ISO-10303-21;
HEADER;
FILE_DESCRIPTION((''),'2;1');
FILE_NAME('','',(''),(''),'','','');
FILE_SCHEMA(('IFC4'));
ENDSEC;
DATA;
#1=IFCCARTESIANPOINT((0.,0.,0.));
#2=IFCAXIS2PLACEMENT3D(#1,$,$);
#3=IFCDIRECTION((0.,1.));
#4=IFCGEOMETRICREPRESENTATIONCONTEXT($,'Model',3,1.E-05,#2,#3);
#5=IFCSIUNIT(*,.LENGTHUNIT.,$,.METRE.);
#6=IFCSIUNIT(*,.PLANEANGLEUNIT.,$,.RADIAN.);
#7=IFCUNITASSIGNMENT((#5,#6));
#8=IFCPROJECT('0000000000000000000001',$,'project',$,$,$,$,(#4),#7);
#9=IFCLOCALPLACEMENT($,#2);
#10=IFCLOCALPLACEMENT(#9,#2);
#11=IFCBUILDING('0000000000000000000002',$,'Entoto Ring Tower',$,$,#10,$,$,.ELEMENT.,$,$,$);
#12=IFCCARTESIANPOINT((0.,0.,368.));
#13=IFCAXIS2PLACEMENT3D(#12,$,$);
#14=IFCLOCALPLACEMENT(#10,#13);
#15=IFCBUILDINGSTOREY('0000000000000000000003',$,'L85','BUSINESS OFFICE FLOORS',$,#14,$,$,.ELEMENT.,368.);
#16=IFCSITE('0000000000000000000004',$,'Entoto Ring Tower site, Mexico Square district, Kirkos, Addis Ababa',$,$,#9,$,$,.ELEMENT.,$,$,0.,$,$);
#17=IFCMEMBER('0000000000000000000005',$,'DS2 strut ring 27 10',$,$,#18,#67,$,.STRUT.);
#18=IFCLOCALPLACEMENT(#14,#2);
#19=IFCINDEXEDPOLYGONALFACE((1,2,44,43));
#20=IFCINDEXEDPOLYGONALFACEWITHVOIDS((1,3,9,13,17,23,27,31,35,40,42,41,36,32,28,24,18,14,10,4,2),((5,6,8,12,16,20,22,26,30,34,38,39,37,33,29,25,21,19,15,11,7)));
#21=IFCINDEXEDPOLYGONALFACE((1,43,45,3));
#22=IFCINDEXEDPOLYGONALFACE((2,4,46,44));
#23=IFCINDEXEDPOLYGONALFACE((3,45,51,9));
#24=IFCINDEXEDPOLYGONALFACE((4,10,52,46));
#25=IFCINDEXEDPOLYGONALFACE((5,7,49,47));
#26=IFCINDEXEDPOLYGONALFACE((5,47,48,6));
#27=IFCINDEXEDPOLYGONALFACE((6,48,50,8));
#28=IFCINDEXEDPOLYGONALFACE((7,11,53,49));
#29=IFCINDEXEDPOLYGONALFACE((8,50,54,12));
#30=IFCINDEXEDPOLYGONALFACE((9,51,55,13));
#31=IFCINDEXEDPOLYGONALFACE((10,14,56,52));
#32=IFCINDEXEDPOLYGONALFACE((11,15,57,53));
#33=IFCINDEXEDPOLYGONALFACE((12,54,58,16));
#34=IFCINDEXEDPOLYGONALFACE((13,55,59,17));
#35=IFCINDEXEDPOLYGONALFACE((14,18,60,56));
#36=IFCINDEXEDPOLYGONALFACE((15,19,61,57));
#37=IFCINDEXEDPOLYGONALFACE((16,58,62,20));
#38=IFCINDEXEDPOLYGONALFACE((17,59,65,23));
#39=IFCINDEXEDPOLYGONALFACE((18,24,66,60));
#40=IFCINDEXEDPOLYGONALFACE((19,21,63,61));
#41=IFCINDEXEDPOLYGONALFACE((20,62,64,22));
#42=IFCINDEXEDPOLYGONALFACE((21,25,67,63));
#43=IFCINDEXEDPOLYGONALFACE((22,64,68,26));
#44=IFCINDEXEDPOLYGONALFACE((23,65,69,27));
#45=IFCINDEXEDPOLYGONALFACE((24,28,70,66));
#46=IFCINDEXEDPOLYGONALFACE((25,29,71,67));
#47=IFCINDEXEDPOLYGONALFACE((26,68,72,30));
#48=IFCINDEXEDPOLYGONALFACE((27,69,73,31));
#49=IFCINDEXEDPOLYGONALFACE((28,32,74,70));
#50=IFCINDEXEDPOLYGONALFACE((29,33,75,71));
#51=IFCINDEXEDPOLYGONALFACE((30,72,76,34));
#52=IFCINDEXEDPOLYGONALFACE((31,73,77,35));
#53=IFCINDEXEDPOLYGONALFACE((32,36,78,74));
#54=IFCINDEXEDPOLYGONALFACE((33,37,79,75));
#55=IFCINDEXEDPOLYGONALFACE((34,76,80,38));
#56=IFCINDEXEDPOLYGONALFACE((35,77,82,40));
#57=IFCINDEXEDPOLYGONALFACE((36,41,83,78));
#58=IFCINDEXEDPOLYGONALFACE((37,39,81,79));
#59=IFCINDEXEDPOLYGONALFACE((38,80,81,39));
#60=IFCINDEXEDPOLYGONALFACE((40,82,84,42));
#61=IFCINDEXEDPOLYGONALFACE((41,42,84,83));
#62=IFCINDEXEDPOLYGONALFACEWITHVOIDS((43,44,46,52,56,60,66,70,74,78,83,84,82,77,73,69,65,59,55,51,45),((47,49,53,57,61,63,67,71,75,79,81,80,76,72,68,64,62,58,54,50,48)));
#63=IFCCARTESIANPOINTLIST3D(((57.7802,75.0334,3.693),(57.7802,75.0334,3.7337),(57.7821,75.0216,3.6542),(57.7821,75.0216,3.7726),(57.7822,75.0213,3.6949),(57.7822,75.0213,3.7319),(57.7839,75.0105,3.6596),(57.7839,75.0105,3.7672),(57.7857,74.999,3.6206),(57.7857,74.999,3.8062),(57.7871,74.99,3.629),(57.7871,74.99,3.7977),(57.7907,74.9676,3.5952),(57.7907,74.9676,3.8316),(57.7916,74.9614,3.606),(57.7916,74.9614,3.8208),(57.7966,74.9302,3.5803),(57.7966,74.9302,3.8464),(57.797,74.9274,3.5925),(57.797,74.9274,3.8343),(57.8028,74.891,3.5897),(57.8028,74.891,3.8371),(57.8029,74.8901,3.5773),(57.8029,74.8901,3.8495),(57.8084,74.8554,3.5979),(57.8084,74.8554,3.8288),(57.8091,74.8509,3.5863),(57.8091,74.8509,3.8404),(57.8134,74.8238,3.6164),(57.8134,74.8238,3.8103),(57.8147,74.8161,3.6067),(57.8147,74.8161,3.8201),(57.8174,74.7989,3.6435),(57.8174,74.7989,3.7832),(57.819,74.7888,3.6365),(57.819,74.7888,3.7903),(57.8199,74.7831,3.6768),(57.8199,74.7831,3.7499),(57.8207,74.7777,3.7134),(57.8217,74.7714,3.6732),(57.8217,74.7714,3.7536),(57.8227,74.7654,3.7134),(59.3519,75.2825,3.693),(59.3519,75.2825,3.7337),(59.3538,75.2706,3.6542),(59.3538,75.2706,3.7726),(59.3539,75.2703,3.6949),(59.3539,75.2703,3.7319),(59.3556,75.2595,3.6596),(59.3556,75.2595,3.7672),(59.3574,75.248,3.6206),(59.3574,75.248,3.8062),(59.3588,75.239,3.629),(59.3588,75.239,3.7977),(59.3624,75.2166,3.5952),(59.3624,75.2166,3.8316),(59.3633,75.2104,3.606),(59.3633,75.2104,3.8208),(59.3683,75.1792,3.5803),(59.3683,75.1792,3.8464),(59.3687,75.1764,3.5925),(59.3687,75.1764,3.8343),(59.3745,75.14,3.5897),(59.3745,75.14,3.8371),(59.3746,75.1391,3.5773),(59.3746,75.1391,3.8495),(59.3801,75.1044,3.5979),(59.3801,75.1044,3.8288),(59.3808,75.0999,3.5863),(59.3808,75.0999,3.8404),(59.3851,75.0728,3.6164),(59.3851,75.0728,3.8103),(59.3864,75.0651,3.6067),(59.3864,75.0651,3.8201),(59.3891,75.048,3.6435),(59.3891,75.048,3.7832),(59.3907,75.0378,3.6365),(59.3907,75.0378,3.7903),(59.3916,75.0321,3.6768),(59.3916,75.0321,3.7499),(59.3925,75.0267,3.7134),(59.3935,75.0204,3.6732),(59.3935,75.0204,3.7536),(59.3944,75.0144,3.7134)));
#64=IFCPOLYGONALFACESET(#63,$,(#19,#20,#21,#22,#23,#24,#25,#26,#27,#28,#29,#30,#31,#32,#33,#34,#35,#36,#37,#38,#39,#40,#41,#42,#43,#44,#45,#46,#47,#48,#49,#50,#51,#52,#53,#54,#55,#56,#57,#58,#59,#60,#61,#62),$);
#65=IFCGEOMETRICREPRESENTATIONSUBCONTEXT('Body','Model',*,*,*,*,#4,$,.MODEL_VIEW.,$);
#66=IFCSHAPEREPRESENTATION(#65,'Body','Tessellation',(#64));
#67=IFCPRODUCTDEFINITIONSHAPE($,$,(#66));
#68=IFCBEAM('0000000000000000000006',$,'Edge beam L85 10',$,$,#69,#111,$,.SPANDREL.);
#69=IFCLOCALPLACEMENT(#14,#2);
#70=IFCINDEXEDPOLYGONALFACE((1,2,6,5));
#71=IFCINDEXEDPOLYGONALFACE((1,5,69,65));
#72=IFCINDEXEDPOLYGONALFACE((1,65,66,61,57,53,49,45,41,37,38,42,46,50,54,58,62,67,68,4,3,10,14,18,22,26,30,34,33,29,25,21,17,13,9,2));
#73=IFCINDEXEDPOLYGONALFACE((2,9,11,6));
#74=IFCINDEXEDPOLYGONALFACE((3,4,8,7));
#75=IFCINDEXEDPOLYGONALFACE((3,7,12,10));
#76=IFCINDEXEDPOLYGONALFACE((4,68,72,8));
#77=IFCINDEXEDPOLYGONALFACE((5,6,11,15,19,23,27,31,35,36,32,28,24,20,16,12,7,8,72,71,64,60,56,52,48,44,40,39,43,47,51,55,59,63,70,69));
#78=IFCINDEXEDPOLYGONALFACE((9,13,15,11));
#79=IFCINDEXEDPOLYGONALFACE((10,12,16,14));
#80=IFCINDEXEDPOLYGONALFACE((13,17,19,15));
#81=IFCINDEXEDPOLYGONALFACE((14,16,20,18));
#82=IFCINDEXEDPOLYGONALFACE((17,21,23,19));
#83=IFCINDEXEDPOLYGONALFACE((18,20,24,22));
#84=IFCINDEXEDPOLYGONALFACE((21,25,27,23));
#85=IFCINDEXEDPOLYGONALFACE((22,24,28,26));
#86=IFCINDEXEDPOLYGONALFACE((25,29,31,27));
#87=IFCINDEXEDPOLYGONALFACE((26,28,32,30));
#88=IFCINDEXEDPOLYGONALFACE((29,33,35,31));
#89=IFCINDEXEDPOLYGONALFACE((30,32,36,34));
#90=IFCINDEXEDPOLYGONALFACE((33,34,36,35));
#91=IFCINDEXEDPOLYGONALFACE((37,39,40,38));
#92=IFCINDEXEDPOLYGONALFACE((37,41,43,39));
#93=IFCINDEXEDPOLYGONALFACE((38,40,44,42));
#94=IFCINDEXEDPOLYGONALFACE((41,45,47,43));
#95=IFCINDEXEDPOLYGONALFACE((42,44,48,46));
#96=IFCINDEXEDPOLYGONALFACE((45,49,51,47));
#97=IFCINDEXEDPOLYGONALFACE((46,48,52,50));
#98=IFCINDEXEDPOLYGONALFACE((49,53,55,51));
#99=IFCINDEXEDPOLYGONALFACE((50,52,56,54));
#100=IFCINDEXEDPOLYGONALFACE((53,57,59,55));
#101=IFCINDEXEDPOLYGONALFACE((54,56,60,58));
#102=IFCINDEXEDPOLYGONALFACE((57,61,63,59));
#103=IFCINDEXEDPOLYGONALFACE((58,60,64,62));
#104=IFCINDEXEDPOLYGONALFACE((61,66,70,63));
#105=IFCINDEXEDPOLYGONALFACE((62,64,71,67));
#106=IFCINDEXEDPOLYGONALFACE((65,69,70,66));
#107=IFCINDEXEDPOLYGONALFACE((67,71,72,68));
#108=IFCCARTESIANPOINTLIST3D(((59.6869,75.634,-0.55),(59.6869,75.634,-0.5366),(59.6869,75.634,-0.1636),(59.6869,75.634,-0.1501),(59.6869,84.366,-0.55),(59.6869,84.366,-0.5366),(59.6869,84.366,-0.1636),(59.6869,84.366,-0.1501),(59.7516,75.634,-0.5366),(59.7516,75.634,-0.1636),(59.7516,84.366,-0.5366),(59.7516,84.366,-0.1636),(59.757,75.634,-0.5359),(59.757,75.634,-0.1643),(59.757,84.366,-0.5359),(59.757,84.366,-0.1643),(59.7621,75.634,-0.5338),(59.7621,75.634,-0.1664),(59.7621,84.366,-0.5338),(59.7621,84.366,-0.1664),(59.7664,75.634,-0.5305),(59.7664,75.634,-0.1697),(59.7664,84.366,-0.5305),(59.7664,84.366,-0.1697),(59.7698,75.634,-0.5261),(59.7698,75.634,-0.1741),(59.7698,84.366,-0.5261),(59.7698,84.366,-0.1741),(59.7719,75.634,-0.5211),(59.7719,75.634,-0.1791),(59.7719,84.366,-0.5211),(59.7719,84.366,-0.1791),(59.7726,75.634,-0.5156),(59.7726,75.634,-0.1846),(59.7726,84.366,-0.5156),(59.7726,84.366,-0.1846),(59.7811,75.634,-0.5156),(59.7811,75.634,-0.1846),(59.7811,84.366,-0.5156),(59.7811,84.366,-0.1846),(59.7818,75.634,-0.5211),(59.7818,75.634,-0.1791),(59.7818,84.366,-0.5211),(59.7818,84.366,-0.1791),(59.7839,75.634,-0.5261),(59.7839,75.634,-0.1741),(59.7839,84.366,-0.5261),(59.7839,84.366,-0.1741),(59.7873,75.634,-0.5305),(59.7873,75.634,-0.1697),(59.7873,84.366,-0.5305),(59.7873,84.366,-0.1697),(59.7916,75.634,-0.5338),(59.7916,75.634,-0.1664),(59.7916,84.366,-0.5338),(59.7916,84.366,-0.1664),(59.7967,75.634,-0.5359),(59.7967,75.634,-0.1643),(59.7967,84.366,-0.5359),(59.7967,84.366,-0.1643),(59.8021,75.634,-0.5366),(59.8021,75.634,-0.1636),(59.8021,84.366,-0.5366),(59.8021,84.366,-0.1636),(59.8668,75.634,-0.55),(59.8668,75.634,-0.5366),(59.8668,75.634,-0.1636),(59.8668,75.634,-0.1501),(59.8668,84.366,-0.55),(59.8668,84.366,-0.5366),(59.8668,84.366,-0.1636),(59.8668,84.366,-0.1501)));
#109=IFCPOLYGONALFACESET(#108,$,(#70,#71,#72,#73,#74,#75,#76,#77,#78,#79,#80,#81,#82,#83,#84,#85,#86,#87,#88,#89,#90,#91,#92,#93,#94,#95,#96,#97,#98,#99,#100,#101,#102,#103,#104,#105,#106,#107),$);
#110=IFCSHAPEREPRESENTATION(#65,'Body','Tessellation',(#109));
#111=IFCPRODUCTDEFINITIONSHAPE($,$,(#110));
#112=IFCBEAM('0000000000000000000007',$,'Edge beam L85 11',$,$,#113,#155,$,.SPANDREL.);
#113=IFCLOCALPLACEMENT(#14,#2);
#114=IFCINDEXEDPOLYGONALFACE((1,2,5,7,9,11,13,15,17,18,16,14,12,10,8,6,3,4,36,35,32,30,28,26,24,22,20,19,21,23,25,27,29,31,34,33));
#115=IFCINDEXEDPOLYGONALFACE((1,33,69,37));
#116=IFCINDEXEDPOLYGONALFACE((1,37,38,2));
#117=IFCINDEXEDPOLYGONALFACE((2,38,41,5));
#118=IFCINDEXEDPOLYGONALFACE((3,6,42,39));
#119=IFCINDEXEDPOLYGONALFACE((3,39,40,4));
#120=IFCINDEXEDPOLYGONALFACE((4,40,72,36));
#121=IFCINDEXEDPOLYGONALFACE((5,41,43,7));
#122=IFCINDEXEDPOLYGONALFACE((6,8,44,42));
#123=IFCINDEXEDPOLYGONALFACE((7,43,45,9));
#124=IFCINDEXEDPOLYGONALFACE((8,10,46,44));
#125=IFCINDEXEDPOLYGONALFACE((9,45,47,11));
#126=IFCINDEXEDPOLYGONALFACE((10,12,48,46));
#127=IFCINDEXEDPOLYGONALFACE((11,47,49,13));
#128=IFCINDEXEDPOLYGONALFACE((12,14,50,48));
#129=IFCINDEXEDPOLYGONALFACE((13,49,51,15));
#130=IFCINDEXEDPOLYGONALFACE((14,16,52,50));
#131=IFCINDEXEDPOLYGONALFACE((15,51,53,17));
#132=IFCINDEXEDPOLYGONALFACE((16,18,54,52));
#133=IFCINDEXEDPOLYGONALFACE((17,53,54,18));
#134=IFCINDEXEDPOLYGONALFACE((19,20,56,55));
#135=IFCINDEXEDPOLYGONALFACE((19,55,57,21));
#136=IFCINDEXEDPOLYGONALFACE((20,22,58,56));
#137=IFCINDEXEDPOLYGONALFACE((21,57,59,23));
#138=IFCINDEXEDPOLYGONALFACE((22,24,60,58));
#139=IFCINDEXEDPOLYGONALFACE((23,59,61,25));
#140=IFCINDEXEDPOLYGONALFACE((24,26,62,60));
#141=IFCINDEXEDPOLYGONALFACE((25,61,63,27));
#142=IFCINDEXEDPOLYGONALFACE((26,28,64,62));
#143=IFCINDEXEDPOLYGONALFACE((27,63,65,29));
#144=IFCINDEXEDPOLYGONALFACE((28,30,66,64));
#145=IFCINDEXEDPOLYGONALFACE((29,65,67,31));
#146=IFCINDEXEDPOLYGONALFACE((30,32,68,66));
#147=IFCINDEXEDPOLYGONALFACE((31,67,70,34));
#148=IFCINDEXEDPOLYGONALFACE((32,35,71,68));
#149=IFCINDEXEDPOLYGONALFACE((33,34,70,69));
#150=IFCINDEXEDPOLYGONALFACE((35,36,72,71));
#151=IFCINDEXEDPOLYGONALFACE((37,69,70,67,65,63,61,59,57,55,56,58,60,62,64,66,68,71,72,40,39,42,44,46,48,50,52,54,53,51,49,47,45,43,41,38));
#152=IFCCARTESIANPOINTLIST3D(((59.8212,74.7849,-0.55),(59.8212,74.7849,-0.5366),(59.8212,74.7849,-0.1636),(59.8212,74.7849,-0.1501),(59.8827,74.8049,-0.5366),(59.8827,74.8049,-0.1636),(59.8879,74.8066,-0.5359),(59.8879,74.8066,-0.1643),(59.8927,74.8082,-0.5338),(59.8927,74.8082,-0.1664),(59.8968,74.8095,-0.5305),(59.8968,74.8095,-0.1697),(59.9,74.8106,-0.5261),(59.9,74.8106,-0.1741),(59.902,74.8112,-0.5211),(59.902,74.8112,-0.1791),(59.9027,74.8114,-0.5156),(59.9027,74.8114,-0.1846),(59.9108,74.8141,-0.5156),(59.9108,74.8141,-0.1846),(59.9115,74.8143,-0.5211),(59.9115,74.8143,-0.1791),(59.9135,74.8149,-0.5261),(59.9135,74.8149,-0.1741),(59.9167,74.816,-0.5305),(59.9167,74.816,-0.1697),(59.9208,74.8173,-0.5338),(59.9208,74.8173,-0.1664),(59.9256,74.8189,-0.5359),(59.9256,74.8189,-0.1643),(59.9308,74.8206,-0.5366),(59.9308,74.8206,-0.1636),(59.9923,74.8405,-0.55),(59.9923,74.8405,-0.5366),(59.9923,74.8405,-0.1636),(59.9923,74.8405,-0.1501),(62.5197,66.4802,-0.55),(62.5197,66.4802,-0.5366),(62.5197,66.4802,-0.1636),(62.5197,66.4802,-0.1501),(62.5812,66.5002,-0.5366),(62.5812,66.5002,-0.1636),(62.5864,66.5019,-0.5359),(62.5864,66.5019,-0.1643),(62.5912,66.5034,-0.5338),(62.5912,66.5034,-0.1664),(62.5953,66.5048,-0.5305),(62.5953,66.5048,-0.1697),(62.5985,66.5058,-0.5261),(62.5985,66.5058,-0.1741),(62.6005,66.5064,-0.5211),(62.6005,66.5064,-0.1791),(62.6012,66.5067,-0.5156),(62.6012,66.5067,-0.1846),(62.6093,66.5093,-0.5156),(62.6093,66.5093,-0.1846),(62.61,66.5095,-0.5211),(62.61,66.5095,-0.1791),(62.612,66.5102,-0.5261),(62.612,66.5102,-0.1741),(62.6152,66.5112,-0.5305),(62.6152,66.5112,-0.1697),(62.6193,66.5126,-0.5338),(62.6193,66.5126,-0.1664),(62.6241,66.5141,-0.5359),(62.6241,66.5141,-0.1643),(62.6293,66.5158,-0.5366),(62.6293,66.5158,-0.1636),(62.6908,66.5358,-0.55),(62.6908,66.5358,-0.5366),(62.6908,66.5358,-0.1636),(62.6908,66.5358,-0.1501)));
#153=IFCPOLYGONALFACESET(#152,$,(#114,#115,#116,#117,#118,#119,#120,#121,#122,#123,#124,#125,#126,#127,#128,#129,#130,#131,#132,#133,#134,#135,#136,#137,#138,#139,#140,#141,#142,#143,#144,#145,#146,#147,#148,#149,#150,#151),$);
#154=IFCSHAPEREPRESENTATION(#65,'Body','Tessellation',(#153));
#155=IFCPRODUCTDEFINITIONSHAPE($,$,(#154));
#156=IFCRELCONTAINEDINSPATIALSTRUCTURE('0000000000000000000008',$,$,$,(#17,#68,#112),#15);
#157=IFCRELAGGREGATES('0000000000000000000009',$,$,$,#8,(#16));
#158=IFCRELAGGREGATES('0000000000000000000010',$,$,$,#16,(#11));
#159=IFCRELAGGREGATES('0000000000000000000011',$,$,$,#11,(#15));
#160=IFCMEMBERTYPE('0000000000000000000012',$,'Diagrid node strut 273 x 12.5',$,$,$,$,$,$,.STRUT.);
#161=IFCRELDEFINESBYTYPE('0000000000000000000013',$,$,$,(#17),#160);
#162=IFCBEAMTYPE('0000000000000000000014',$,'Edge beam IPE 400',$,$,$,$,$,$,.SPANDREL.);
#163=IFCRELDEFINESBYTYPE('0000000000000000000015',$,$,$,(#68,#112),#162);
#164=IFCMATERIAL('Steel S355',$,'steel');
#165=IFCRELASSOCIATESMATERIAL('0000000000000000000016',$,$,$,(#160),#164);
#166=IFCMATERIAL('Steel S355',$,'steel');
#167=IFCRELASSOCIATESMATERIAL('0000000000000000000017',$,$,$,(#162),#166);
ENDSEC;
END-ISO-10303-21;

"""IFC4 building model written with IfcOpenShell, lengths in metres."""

from ifc_helpers import new_model, si_unit, direction, frame, origin, origin_2d, place, context, subcontext, project, spatial, circle, hollow_circle, i_section, extrude, material, material_profile, profile_set, type_object, element, save


model = new_model("IFC4")

# Units and contexts
model_context = context("Model", 3, precision=1e-05, world=origin(), true_north=direction((0.0, 1.0)))
body_context = subcontext(model_context, "Body", "Model", "MODEL_VIEW")
ifc_project = project(units=[si_unit("LENGTHUNIT", "METRE"), si_unit("PLANEANGLEUNIT", "RADIAN")], contexts=[model_context])

# Site, building, storey
site_placement = place(None, origin())
site = spatial("IfcSite", under=ifc_project, at=site_placement, Name="Entoto Ring Tower site, Mexico Square district, Kirkos, Addis Ababa", CompositionType="ELEMENT", RefElevation=0.0)
building_placement = place(site_placement, origin())
building = spatial("IfcBuilding", under=site, at=building_placement, Name="Entoto Ring Tower", CompositionType="ELEMENT")
storey_placement = place(building_placement, frame((0.0, 0.0, 368.0)))
storey = spatial("IfcBuildingStorey", under=building, at=storey_placement, Name="L85", Description="BUSINESS OFFICE FLOORS", CompositionType="ELEMENT", Elevation=368.0)

# Member
ifc_material_1 = material(Name="Steel S355", Category="steel")
ifc_material_profile_1 = material_profile(ifc_material_1, hollow_circle(Radius=0.1365, WallThickness=0.0125, at=origin_2d()), Name="CHS 273 x 12.5")
ifc_material_2 = material(Name="Concrete C60/75", Category="concrete")
ifc_material_profile_2 = material_profile(ifc_material_2, circle(Radius=0.124, at=origin_2d()), Name="Concrete C60/75 infill")
ifc_profile_set_1 = profile_set([ifc_material_profile_1, ifc_material_profile_2], Name="Steel S355")
member_type = type_object("IfcMemberType", Name="Diagrid node strut 273 x 12.5", PredefinedType="STRUT", material=ifc_profile_set_1)
member_placement = place(storey_placement, frame((59.373, 75.1492, 3.7134), z_axis=(-0.987681, -0.156483, 0.0), x_axis=(0.156483, -0.987681, 0.0)))
element("IfcMember", 1, at=member_placement, inside=storey, type_object=member_type, Name="DS2 strut ring 27 10", PredefinedType="STRUT", context=body_context, shape_type="SweptSolid", body=[
    extrude(hollow_circle(Radius=0.1365, WallThickness=0.0125, at=origin_2d()), origin(), (0.0, 0.0, 1.0), 1.5913),
])

# Beams
ifc_material_3 = material(Name="Steel S355", Category="steel")
ifc_material_profile_3 = material_profile(ifc_material_3, i_section(OverallWidth=0.1799, OverallDepth=0.3999, WebThickness=0.0085, FlangeThickness=0.0134, FilletRadius=0.021, at=origin_2d()), Name="IPE 400")
ifc_profile_set_2 = profile_set([ifc_material_profile_3], Name="Steel S355")
beam_type_1 = type_object("IfcBeamType", Name="Edge beam IPE 400", PredefinedType="SPANDREL", material=ifc_profile_set_2)
beam_1_placement = place(storey_placement, frame((59.7769, 84.366, -0.3501), z_axis=(0.0, -1.0, 0.0), x_axis=(1.0, 0.0, 0.0)))
element("IfcBeam", 2, at=beam_1_placement, inside=storey, type_object=beam_type_1, Name="Edge beam L85 10", PredefinedType="SPANDREL", context=body_context, shape_type="SweptSolid", body=[
    extrude(i_section(OverallWidth=0.1799, OverallDepth=0.3999, WebThickness=0.0085, FlangeThickness=0.0134, FilletRadius=0.021, at=origin_2d()), origin(), (0.0, 0.0, 1.0), 8.7319),
])
beam_2_placement = place(storey_placement, frame((59.9067, 74.8127, -0.3501), z_axis=(0.30903, -0.951052, 0.0), x_axis=(0.951052, 0.30903, 0.0)))
element("IfcBeam", 3, at=beam_2_placement, inside=storey, type_object=beam_type_1, Name="Edge beam L85 11", PredefinedType="SPANDREL", context=body_context, shape_type="SweptSolid", body=[
    extrude(i_section(OverallWidth=0.1799, OverallDepth=0.3999, WebThickness=0.0085, FlangeThickness=0.0134, FilletRadius=0.021, at=origin_2d()), origin(), (0.0, 0.0, 1.0), 8.7322),
])

save(model, "model.ifc")
